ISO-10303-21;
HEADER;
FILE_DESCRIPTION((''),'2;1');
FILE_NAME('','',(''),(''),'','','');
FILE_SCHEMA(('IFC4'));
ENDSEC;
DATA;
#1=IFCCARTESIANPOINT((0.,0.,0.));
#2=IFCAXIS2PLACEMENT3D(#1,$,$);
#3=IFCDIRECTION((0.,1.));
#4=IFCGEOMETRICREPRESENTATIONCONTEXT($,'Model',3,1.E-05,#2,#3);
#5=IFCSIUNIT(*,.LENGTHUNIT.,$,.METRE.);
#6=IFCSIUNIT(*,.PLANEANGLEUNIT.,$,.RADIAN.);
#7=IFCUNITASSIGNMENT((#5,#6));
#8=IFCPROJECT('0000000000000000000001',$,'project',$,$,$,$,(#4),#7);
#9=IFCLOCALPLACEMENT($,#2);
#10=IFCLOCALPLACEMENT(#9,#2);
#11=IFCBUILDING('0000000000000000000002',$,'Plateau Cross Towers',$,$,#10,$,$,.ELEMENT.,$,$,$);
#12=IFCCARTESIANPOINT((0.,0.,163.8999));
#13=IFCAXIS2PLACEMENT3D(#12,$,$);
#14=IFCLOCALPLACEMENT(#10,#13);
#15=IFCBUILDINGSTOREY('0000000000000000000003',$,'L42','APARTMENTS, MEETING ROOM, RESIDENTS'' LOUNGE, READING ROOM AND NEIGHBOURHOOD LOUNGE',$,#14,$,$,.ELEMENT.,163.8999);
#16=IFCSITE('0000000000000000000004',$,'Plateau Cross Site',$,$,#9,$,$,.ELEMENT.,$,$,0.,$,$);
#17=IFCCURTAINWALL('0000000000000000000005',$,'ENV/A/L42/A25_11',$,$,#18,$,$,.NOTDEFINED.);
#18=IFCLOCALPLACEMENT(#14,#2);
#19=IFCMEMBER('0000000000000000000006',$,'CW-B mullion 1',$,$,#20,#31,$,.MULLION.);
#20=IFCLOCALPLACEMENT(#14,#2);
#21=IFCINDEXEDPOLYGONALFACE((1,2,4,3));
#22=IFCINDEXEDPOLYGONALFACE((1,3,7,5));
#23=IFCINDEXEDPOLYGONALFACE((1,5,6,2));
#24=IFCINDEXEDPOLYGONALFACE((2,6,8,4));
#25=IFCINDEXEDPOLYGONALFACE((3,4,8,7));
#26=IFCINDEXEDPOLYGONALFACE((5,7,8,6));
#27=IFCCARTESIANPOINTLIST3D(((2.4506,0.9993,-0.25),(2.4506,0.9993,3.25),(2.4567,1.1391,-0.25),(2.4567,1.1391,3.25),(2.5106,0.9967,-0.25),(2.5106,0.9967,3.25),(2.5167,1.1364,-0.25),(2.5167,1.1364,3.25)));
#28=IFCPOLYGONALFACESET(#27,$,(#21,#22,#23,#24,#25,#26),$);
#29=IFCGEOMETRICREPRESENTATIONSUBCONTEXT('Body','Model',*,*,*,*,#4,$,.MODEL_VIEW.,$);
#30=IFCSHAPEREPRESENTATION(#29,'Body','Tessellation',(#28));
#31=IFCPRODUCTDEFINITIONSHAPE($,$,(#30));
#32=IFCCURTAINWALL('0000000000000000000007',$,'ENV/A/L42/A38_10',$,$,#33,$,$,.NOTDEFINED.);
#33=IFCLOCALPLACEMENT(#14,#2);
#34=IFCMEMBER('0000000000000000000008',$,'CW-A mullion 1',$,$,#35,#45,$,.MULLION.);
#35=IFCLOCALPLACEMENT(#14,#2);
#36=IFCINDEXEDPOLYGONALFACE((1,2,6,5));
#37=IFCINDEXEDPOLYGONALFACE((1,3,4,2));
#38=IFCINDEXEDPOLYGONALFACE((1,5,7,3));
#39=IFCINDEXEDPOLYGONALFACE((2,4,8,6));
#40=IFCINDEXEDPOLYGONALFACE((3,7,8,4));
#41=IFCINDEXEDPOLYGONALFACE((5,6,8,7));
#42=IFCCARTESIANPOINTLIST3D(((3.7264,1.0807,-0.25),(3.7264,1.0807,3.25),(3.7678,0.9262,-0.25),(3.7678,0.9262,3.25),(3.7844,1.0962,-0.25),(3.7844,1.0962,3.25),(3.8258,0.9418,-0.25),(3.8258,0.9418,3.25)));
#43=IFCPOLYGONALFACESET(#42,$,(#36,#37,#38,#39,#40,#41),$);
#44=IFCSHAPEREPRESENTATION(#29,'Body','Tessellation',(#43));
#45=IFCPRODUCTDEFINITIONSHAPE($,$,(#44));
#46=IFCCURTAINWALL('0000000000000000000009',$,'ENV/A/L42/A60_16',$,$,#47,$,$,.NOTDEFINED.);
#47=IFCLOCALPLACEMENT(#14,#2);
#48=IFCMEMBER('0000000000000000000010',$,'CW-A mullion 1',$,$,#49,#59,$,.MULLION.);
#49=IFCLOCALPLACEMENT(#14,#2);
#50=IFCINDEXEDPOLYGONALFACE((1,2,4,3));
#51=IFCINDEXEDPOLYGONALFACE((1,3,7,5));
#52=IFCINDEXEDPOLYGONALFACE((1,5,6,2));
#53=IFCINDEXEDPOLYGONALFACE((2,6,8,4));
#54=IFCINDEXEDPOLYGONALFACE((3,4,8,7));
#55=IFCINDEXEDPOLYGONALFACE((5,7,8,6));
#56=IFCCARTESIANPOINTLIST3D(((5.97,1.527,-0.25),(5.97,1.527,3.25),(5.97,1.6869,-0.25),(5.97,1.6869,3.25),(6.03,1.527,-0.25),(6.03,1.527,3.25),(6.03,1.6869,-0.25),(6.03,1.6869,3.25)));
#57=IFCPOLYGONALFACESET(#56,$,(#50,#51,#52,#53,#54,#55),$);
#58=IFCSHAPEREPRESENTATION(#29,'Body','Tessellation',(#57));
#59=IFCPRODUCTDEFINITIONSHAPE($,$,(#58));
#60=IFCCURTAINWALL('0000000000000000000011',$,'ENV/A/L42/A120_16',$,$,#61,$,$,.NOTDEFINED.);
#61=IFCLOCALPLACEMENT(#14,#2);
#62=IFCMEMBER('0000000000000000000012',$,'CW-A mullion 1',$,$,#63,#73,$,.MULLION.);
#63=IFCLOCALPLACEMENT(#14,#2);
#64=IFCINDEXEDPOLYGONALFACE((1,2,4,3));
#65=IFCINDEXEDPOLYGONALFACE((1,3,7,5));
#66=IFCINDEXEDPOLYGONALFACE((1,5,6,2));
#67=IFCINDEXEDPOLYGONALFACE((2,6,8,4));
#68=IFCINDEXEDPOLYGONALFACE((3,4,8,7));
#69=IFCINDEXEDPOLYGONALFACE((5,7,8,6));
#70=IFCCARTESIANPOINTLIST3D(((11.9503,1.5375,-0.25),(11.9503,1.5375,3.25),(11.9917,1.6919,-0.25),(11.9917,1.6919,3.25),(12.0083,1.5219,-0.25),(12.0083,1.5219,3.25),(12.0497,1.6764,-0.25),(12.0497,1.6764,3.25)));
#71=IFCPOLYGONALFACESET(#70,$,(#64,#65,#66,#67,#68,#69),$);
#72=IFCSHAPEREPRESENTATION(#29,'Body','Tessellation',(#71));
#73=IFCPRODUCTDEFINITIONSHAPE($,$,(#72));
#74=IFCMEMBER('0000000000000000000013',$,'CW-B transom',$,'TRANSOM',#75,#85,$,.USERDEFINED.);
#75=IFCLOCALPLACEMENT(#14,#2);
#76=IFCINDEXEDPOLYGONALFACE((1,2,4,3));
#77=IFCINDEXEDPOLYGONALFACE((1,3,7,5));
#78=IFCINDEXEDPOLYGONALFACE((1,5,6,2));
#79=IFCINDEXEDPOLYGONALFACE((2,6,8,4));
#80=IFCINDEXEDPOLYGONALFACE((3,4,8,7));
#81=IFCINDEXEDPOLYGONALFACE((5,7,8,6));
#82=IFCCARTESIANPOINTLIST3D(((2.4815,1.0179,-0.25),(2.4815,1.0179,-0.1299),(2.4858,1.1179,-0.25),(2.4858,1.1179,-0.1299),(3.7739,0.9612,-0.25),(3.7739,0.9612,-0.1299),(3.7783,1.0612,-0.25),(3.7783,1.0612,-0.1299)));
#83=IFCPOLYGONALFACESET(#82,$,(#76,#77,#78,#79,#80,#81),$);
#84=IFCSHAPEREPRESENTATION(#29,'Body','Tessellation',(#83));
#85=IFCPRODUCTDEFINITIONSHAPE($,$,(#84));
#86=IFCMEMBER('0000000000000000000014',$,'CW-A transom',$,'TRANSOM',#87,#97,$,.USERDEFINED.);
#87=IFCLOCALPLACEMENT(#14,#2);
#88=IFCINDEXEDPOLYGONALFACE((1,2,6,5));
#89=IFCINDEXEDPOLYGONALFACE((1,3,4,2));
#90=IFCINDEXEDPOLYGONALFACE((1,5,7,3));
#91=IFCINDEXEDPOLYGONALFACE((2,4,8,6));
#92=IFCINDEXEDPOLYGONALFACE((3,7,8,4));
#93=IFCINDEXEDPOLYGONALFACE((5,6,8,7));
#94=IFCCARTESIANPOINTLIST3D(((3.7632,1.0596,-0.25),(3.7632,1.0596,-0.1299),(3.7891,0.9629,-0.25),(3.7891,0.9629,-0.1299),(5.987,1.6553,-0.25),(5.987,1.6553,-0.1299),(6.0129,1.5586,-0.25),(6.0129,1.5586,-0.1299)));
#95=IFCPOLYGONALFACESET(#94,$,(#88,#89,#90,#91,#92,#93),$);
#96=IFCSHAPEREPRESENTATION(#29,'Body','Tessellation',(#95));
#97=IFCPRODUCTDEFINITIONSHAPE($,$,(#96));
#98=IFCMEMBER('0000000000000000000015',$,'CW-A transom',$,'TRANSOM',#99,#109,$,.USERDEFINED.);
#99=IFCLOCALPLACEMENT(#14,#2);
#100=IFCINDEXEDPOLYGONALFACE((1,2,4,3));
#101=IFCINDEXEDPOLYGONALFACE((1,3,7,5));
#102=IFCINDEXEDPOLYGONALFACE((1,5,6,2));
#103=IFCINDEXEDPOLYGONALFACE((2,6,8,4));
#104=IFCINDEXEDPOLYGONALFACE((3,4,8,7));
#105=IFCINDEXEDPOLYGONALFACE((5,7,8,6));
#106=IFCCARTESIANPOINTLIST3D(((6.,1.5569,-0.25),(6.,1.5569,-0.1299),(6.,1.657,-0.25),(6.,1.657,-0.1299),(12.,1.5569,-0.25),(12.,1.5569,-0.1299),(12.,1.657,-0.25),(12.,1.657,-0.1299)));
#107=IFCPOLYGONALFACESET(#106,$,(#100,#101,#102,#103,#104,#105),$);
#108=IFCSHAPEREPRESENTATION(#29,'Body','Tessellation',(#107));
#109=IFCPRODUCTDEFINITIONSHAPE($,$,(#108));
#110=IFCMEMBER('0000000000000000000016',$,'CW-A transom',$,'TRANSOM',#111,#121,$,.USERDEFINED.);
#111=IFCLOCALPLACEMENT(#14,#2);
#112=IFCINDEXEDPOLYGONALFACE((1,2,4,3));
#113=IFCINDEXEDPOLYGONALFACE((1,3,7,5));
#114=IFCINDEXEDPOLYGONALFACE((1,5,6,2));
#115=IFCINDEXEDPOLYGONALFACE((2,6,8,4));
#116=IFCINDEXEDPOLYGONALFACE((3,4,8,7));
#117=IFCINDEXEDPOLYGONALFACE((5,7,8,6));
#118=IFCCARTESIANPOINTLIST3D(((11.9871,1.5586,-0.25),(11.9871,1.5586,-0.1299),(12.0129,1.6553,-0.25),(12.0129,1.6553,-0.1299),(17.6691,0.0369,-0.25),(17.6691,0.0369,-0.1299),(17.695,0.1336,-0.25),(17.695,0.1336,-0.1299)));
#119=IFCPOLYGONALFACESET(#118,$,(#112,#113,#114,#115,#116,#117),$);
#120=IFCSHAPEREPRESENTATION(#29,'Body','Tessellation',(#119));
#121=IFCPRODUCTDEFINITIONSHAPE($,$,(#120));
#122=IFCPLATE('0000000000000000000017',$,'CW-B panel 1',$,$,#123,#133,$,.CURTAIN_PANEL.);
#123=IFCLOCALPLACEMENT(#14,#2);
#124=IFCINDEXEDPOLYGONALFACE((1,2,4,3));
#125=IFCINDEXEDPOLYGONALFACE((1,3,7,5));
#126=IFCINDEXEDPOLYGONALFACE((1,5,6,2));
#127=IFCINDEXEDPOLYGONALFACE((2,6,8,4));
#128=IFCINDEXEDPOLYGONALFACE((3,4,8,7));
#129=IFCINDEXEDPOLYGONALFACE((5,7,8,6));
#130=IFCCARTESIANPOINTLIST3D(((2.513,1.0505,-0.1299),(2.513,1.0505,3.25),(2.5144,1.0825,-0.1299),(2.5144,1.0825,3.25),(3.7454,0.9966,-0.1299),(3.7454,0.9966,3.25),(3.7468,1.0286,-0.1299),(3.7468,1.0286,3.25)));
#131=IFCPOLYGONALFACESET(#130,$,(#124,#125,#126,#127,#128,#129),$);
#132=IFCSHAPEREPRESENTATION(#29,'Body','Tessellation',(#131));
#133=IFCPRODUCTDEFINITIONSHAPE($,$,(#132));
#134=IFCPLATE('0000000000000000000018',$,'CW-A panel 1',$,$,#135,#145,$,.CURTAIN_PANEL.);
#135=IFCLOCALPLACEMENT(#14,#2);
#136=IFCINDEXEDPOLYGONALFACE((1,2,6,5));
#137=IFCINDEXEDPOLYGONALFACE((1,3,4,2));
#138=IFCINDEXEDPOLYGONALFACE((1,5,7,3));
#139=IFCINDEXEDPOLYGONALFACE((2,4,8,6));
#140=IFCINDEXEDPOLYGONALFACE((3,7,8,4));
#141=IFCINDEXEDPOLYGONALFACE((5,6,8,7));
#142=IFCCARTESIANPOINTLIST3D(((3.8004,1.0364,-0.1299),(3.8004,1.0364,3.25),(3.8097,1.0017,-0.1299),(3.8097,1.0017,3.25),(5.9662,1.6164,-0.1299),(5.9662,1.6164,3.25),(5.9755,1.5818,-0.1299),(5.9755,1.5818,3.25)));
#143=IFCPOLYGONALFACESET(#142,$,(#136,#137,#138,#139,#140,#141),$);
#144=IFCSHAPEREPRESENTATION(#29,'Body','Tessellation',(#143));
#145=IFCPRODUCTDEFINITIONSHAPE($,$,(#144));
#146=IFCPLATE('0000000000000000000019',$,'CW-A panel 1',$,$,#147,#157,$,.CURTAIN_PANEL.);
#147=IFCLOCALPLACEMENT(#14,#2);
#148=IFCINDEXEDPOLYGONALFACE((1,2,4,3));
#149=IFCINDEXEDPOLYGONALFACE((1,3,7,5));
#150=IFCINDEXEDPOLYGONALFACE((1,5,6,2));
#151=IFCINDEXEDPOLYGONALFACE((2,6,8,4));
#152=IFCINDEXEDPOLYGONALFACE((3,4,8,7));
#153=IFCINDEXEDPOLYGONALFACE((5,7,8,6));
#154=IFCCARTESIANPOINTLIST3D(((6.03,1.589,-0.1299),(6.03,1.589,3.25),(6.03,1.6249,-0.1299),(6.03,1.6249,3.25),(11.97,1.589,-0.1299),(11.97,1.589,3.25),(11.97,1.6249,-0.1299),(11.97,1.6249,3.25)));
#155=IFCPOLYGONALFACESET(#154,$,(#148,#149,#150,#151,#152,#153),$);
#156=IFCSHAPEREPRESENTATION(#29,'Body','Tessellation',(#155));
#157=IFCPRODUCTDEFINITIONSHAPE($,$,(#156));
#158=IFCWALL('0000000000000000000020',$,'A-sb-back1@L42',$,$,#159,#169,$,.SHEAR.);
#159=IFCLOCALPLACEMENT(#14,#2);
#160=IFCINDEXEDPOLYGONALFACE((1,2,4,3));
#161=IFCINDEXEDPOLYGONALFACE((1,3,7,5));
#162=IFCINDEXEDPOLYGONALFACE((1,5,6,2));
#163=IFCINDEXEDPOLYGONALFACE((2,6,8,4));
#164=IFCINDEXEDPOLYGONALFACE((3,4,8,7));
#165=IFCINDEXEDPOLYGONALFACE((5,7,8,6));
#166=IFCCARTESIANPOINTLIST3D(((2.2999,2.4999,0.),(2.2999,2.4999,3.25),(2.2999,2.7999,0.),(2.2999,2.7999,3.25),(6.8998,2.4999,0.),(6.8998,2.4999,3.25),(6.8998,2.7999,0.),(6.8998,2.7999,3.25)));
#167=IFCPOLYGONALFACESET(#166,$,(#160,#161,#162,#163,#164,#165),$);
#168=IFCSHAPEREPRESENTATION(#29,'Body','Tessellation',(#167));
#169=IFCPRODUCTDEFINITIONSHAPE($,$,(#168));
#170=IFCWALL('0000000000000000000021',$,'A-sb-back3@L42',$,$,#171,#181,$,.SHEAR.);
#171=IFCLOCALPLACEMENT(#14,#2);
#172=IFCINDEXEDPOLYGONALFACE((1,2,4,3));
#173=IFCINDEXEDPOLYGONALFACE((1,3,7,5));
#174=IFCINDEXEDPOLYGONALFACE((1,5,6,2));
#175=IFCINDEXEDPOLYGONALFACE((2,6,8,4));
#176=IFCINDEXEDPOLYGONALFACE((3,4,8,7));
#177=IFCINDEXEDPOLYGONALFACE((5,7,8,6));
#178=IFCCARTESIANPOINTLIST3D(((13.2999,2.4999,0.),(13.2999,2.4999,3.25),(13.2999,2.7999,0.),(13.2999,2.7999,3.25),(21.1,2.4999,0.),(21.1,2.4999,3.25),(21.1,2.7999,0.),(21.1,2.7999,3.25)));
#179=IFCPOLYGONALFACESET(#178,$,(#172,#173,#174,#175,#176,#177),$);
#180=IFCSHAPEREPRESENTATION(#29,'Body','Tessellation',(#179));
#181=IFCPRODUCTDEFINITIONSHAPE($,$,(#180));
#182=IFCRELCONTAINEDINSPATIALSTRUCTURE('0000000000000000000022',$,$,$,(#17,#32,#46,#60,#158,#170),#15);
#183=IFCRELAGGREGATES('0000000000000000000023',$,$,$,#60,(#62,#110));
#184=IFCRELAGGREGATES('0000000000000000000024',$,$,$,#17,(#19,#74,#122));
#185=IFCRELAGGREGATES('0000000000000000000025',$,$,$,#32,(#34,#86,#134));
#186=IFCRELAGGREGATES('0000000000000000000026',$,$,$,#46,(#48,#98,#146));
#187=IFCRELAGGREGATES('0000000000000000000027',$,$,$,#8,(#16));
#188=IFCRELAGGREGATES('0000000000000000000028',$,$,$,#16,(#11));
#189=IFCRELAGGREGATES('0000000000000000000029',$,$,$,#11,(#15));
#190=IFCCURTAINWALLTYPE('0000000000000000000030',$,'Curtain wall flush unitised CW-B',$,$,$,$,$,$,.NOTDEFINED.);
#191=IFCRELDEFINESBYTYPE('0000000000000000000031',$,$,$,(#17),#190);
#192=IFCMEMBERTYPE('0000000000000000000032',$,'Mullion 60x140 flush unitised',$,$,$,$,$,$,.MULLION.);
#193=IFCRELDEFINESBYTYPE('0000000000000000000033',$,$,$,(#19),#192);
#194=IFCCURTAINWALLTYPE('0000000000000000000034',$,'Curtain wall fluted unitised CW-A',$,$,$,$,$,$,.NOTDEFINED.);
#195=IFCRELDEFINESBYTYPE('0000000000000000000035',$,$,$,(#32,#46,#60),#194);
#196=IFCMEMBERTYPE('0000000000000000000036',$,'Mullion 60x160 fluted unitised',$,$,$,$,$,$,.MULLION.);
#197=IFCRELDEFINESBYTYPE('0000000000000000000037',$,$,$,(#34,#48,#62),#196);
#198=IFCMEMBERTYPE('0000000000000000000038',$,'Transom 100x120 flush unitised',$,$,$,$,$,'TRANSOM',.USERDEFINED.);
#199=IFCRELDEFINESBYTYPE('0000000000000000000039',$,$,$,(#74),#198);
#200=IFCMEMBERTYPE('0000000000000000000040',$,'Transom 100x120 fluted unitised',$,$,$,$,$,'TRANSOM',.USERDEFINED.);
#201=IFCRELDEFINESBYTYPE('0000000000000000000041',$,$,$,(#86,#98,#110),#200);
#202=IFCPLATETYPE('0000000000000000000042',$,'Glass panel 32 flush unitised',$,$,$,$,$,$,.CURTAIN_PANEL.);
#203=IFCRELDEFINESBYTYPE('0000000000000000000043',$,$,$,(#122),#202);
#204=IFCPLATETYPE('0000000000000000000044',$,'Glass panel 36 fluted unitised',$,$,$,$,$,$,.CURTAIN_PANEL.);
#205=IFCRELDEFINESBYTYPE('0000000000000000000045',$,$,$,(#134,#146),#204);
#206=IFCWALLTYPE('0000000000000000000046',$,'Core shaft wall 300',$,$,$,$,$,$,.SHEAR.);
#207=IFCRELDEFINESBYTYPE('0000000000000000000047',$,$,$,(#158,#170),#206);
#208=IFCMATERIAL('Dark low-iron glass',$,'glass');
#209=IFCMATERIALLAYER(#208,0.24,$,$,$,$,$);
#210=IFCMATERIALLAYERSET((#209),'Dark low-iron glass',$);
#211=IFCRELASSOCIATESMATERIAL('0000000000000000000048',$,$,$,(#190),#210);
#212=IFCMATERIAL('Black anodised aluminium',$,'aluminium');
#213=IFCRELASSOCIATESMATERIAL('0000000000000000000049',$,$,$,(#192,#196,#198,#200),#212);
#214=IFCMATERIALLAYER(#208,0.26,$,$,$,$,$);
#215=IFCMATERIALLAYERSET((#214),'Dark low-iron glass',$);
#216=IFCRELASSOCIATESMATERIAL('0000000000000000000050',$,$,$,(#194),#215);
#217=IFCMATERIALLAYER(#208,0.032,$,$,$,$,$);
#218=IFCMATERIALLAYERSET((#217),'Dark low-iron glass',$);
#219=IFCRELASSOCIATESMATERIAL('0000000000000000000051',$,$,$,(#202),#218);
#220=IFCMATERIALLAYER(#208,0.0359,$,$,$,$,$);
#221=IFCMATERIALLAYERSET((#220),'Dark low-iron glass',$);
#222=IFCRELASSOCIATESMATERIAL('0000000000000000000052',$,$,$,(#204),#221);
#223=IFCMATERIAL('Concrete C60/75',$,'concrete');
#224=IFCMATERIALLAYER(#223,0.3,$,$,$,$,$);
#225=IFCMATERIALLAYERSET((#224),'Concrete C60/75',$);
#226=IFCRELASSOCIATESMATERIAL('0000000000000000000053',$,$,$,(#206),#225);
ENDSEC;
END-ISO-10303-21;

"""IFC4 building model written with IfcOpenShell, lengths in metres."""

from ifc_helpers import new_model, si_unit, direction, frame, frame_2d, origin, origin_2d, place, context, subcontext, project, spatial, rectangle, extrude, material, layer, layer_set, material_profile, profile_set, type_object, element, aggregate, save


model = new_model("IFC4")

# Units and contexts
model_context = context("Model", 3, precision=1e-05, world=origin(), true_north=direction((0.0, 1.0)))
body_context = subcontext(model_context, "Body", "Model", "MODEL_VIEW")
ifc_project = project(units=[si_unit("LENGTHUNIT", "METRE"), si_unit("PLANEANGLEUNIT", "RADIAN")], contexts=[model_context])

# Site, building, storey
site_placement = place(None, origin())
site = spatial("IfcSite", under=ifc_project, at=site_placement, Name="Plateau Cross Site", CompositionType="ELEMENT", RefElevation=0.0)
building_placement = place(site_placement, origin())
building = spatial("IfcBuilding", under=site, at=building_placement, Name="Plateau Cross Towers", CompositionType="ELEMENT")
storey_placement = place(building_placement, frame((0.0, 0.0, 163.8999)))
storey = spatial("IfcBuildingStorey", under=building, at=storey_placement, Name="L42", Description="APARTMENTS, MEETING ROOM, RESIDENTS' LOUNGE, READING ROOM AND NEIGHBOURHOOD LOUNGE", CompositionType="ELEMENT", Elevation=163.8999)

# Curtain walls, members
ifc_material_1 = material(Name="Dark low-iron glass", Category="glass")
ifc_layer_1 = layer(ifc_material_1, 0.24)
ifc_layer_set_1 = layer_set([ifc_layer_1], Name="Dark low-iron glass")
curtain_wall_type_1 = type_object("IfcCurtainWallType", Name="Curtain wall flush unitised CW-B", PredefinedType="NOTDEFINED", material=ifc_layer_set_1)
curtain_wall_1_placement = place(storey_placement, origin())
curtain_wall_1 = element("IfcCurtainWall", 1, at=curtain_wall_1_placement, inside=storey, type_object=curtain_wall_type_1, Name="ENV/A/L42/A25_11", PredefinedType="NOTDEFINED")
ifc_material_2 = material(Name="Black anodised aluminium", Category="aluminium")
ifc_material_profile_1 = material_profile(ifc_material_2, rectangle(XDim=0.0601, YDim=0.1399, at=origin_2d()), Name="MULLION 60x140")
ifc_profile_set_1 = profile_set([ifc_material_profile_1], Name="Black anodised aluminium")
member_type_1 = type_object("IfcMemberType", Name="Mullion 60x140 flush unitised", PredefinedType="MULLION", material=ifc_profile_set_1)
member_1_placement = place(storey_placement, frame((2.4836, 1.0679, -0.25), z_axis=(0.0, 0.0, 1.0), x_axis=(0.999044, -0.043723, 0.0)))
member_1 = element("IfcMember", 2, at=member_1_placement, type_object=member_type_1, Name="CW-B mullion 1", PredefinedType="MULLION", context=body_context, shape_type="SweptSolid", body=[
    extrude(rectangle(XDim=0.0601, YDim=0.1399, at=origin_2d()), origin(), (0.0, 0.0, 1.0), 3.5),
])
ifc_layer_2 = layer(ifc_material_1, 0.26)
ifc_layer_set_2 = layer_set([ifc_layer_2], Name="Dark low-iron glass")
curtain_wall_type_2 = type_object("IfcCurtainWallType", Name="Curtain wall fluted unitised CW-A", PredefinedType="NOTDEFINED", material=ifc_layer_set_2)
curtain_wall_2_placement = place(storey_placement, origin())
curtain_wall_2 = element("IfcCurtainWall", 3, at=curtain_wall_2_placement, inside=storey, type_object=curtain_wall_type_2, Name="ENV/A/L42/A38_10", PredefinedType="NOTDEFINED")
ifc_material_profile_2 = material_profile(ifc_material_2, rectangle(XDim=0.0601, YDim=0.1599, at=origin_2d()), Name="MULLION 60x160")
ifc_profile_set_2 = profile_set([ifc_material_profile_2], Name="Black anodised aluminium")
member_type_2 = type_object("IfcMemberType", Name="Mullion 60x160 fluted unitised", PredefinedType="MULLION", material=ifc_profile_set_2)
member_2_placement = place(storey_placement, frame((3.7761, 1.0112, -0.25), z_axis=(0.0, 0.0, 1.0), x_axis=(0.965958, 0.258699, 0.0)))
member_2 = element("IfcMember", 4, at=member_2_placement, type_object=member_type_2, Name="CW-A mullion 1", PredefinedType="MULLION", context=body_context, shape_type="SweptSolid", body=[
    extrude(rectangle(XDim=0.0601, YDim=0.1599, at=origin_2d()), origin(), (0.0, 0.0, 1.0), 3.5),
])
curtain_wall_3_placement = place(storey_placement, origin())
curtain_wall_3 = element("IfcCurtainWall", 5, at=curtain_wall_3_placement, inside=storey, type_object=curtain_wall_type_2, Name="ENV/A/L42/A60_16", PredefinedType="NOTDEFINED")
member_3_placement = place(storey_placement, frame((6.0, 1.6069, -0.25), z_axis=(0.0, 0.0, 1.0), x_axis=(1.0, 0.0, 0.0)))
member_3 = element("IfcMember", 6, at=member_3_placement, type_object=member_type_2, Name="CW-A mullion 1", PredefinedType="MULLION", context=body_context, shape_type="SweptSolid", body=[
    extrude(rectangle(XDim=0.0601, YDim=0.1599, at=origin_2d()), origin(), (0.0, 0.0, 1.0), 3.5),
])
curtain_wall_4_placement = place(storey_placement, origin())
curtain_wall_4 = element("IfcCurtainWall", 7, at=curtain_wall_4_placement, inside=storey, type_object=curtain_wall_type_2, Name="ENV/A/L42/A120_16", PredefinedType="NOTDEFINED")
member_4_placement = place(storey_placement, frame((12.0, 1.6069, -0.25), z_axis=(0.0, 0.0, 1.0), x_axis=(0.965958, -0.258699, 0.0)))
member_4 = element("IfcMember", 8, at=member_4_placement, type_object=member_type_2, Name="CW-A mullion 1", PredefinedType="MULLION", context=body_context, shape_type="SweptSolid", body=[
    extrude(rectangle(XDim=0.0601, YDim=0.1599, at=origin_2d()), origin(), (0.0, 0.0, 1.0), 3.5),
])

# Members
ifc_material_profile_3 = material_profile(ifc_material_2, rectangle(XDim=0.1001, YDim=0.1201, at=origin_2d()), Name="TRANSOM 100x120")
ifc_profile_set_3 = profile_set([ifc_material_profile_3], Name="Black anodised aluminium")
member_type_3 = type_object("IfcMemberType", Name="Transom 100x120 flush unitised", ElementType="TRANSOM", PredefinedType="USERDEFINED", material=ifc_profile_set_3)
member_5_placement = place(storey_placement, frame((2.4836, 1.0679, -0.1899), z_axis=(0.999041, -0.043781, 0.0), x_axis=(0.043781, 0.999041, 0.0)))
member_5 = element("IfcMember", 9, at=member_5_placement, type_object=member_type_3, Name="CW-B transom", ObjectType="TRANSOM", PredefinedType="USERDEFINED", context=body_context, shape_type="SweptSolid", body=[
    extrude(rectangle(XDim=0.1001, YDim=0.1201, at=origin_2d()), origin(), (0.0, 0.0, 1.0), 1.2937),
])
ifc_material_profile_4 = material_profile(ifc_material_2, rectangle(XDim=0.1001, YDim=0.1201, at=origin_2d()), Name="TRANSOM 100x120")
ifc_profile_set_4 = profile_set([ifc_material_profile_4], Name="Black anodised aluminium")
member_type_4 = type_object("IfcMemberType", Name="Transom 100x120 fluted unitised", ElementType="TRANSOM", PredefinedType="USERDEFINED", material=ifc_profile_set_4)
member_6_placement = place(storey_placement, frame((3.7761, 1.0112, -0.1899), z_axis=(0.965946, 0.258745, 0.0), x_axis=(-0.258745, 0.965946, 0.0)))
member_6 = element("IfcMember", 10, at=member_6_placement, type_object=member_type_4, Name="CW-A transom", ObjectType="TRANSOM", PredefinedType="USERDEFINED", context=body_context, shape_type="SweptSolid", body=[
    extrude(rectangle(XDim=0.1001, YDim=0.1201, at=origin_2d()), origin(), (0.0, 0.0, 1.0), 2.3022),
])
member_7_placement = place(storey_placement, frame((6.0, 1.6069, -0.1899), z_axis=(1.0, 0.0, 0.0), x_axis=(0.0, 1.0, 0.0)))
member_7 = element("IfcMember", 11, at=member_7_placement, type_object=member_type_4, Name="CW-A transom", ObjectType="TRANSOM", PredefinedType="USERDEFINED", context=body_context, shape_type="SweptSolid", body=[
    extrude(rectangle(XDim=0.1001, YDim=0.1201, at=origin_2d()), origin(), (0.0, 0.0, 1.0), 6.0),
])
member_8_placement = place(storey_placement, frame((12.0, 1.6069, -0.1899), z_axis=(0.96596, -0.258693, 0.0), x_axis=(0.258693, 0.96596, 0.0)))
member_8 = element("IfcMember", 12, at=member_8_placement, type_object=member_type_4, Name="CW-A transom", ObjectType="TRANSOM", PredefinedType="USERDEFINED", context=body_context, shape_type="SweptSolid", body=[
    extrude(rectangle(XDim=0.1001, YDim=0.1201, at=origin_2d()), origin(), (0.0, 0.0, 1.0), 5.8823),
])
aggregate(curtain_wall_4, [member_4, member_8])

# Plates
ifc_layer_3 = layer(ifc_material_1, 0.032)
ifc_layer_set_3 = layer_set([ifc_layer_3], Name="Dark low-iron glass")
plate_type_1 = type_object("IfcPlateType", Name="Glass panel 32 flush unitised", PredefinedType="CURTAIN_PANEL", material=ifc_layer_set_3)
plate_1_placement = place(storey_placement, frame((3.1299, 1.0396, -0.1299), z_axis=(0.0, 0.0, 1.0), x_axis=(0.999044, -0.043723, 0.0)))
plate_1 = element("IfcPlate", 13, at=plate_1_placement, type_object=plate_type_1, Name="CW-B panel 1", PredefinedType="CURTAIN_PANEL", context=body_context, shape_type="SweptSolid", body=[
    extrude(rectangle(XDim=1.2336, YDim=0.032, at=origin_2d()), origin(), (0.0, 0.0, 1.0), 3.3799),
])
aggregate(curtain_wall_1, [member_1, member_5, plate_1])
ifc_layer_4 = layer(ifc_material_1, 0.0359)
ifc_layer_set_4 = layer_set([ifc_layer_4], Name="Dark low-iron glass")
plate_type_2 = type_object("IfcPlateType", Name="Glass panel 36 fluted unitised", PredefinedType="CURTAIN_PANEL", material=ifc_layer_set_4)
plate_2_placement = place(storey_placement, frame((4.8879, 1.3091, -0.1299), z_axis=(0.0, 0.0, 1.0), x_axis=(0.965958, 0.258699, 0.0)))
plate_2 = element("IfcPlate", 14, at=plate_2_placement, type_object=plate_type_2, Name="CW-A panel 1", PredefinedType="CURTAIN_PANEL", context=body_context, shape_type="SweptSolid", body=[
    extrude(rectangle(XDim=2.2422, YDim=0.0359, at=origin_2d()), origin(), (0.0, 0.0, 1.0), 3.3799),
])
aggregate(curtain_wall_2, [member_2, member_6, plate_2])
plate_3_placement = place(storey_placement, frame((9.0, 1.6069, -0.1299), z_axis=(0.0, 0.0, 1.0), x_axis=(1.0, 0.0, 0.0)))
plate_3 = element("IfcPlate", 15, at=plate_3_placement, type_object=plate_type_2, Name="CW-A panel 1", PredefinedType="CURTAIN_PANEL", context=body_context, shape_type="SweptSolid", body=[
    extrude(rectangle(XDim=5.9399, YDim=0.0359, at=origin_2d()), origin(), (0.0, 0.0, 1.0), 3.3799),
])
aggregate(curtain_wall_3, [member_3, member_7, plate_3])

# Walls
ifc_material_3 = material(Name="Concrete C60/75", Category="concrete")
ifc_layer_5 = layer(ifc_material_3, 0.3)
ifc_layer_set_5 = layer_set([ifc_layer_5], Name="Concrete C60/75")
wall_type_1 = type_object("IfcWallType", Name="Core shaft wall 300", PredefinedType="SHEAR", material=ifc_layer_set_5)
wall_1_placement = place(storey_placement, frame((2.3, 2.6499, 0.0), z_axis=(0.0, 0.0, 1.0), x_axis=(1.0, 0.0, 0.0)))
element("IfcWall", 16, at=wall_1_placement, inside=storey, type_object=wall_type_1, Name="A-sb-back1@L42", PredefinedType="SHEAR", context=body_context, shape_type="SweptSolid", body=[
    extrude(rectangle(XDim=4.5999, YDim=0.3, at=frame_2d((2.2998, 0.0))), origin(), (0.0, 0.0, 1.0), 3.25),
])
wall_2_placement = place(storey_placement, frame((13.3, 2.6499, 0.0), z_axis=(0.0, 0.0, 1.0), x_axis=(1.0, 0.0, 0.0)))
element("IfcWall", 17, at=wall_2_placement, inside=storey, type_object=wall_type_1, Name="A-sb-back3@L42", PredefinedType="SHEAR", context=body_context, shape_type="SweptSolid", body=[
    extrude(rectangle(XDim=7.8, YDim=0.3, at=frame_2d((3.8999, 0.0))), origin(), (0.0, 0.0, 1.0), 3.25),
])

save(model, "model.ifc")
